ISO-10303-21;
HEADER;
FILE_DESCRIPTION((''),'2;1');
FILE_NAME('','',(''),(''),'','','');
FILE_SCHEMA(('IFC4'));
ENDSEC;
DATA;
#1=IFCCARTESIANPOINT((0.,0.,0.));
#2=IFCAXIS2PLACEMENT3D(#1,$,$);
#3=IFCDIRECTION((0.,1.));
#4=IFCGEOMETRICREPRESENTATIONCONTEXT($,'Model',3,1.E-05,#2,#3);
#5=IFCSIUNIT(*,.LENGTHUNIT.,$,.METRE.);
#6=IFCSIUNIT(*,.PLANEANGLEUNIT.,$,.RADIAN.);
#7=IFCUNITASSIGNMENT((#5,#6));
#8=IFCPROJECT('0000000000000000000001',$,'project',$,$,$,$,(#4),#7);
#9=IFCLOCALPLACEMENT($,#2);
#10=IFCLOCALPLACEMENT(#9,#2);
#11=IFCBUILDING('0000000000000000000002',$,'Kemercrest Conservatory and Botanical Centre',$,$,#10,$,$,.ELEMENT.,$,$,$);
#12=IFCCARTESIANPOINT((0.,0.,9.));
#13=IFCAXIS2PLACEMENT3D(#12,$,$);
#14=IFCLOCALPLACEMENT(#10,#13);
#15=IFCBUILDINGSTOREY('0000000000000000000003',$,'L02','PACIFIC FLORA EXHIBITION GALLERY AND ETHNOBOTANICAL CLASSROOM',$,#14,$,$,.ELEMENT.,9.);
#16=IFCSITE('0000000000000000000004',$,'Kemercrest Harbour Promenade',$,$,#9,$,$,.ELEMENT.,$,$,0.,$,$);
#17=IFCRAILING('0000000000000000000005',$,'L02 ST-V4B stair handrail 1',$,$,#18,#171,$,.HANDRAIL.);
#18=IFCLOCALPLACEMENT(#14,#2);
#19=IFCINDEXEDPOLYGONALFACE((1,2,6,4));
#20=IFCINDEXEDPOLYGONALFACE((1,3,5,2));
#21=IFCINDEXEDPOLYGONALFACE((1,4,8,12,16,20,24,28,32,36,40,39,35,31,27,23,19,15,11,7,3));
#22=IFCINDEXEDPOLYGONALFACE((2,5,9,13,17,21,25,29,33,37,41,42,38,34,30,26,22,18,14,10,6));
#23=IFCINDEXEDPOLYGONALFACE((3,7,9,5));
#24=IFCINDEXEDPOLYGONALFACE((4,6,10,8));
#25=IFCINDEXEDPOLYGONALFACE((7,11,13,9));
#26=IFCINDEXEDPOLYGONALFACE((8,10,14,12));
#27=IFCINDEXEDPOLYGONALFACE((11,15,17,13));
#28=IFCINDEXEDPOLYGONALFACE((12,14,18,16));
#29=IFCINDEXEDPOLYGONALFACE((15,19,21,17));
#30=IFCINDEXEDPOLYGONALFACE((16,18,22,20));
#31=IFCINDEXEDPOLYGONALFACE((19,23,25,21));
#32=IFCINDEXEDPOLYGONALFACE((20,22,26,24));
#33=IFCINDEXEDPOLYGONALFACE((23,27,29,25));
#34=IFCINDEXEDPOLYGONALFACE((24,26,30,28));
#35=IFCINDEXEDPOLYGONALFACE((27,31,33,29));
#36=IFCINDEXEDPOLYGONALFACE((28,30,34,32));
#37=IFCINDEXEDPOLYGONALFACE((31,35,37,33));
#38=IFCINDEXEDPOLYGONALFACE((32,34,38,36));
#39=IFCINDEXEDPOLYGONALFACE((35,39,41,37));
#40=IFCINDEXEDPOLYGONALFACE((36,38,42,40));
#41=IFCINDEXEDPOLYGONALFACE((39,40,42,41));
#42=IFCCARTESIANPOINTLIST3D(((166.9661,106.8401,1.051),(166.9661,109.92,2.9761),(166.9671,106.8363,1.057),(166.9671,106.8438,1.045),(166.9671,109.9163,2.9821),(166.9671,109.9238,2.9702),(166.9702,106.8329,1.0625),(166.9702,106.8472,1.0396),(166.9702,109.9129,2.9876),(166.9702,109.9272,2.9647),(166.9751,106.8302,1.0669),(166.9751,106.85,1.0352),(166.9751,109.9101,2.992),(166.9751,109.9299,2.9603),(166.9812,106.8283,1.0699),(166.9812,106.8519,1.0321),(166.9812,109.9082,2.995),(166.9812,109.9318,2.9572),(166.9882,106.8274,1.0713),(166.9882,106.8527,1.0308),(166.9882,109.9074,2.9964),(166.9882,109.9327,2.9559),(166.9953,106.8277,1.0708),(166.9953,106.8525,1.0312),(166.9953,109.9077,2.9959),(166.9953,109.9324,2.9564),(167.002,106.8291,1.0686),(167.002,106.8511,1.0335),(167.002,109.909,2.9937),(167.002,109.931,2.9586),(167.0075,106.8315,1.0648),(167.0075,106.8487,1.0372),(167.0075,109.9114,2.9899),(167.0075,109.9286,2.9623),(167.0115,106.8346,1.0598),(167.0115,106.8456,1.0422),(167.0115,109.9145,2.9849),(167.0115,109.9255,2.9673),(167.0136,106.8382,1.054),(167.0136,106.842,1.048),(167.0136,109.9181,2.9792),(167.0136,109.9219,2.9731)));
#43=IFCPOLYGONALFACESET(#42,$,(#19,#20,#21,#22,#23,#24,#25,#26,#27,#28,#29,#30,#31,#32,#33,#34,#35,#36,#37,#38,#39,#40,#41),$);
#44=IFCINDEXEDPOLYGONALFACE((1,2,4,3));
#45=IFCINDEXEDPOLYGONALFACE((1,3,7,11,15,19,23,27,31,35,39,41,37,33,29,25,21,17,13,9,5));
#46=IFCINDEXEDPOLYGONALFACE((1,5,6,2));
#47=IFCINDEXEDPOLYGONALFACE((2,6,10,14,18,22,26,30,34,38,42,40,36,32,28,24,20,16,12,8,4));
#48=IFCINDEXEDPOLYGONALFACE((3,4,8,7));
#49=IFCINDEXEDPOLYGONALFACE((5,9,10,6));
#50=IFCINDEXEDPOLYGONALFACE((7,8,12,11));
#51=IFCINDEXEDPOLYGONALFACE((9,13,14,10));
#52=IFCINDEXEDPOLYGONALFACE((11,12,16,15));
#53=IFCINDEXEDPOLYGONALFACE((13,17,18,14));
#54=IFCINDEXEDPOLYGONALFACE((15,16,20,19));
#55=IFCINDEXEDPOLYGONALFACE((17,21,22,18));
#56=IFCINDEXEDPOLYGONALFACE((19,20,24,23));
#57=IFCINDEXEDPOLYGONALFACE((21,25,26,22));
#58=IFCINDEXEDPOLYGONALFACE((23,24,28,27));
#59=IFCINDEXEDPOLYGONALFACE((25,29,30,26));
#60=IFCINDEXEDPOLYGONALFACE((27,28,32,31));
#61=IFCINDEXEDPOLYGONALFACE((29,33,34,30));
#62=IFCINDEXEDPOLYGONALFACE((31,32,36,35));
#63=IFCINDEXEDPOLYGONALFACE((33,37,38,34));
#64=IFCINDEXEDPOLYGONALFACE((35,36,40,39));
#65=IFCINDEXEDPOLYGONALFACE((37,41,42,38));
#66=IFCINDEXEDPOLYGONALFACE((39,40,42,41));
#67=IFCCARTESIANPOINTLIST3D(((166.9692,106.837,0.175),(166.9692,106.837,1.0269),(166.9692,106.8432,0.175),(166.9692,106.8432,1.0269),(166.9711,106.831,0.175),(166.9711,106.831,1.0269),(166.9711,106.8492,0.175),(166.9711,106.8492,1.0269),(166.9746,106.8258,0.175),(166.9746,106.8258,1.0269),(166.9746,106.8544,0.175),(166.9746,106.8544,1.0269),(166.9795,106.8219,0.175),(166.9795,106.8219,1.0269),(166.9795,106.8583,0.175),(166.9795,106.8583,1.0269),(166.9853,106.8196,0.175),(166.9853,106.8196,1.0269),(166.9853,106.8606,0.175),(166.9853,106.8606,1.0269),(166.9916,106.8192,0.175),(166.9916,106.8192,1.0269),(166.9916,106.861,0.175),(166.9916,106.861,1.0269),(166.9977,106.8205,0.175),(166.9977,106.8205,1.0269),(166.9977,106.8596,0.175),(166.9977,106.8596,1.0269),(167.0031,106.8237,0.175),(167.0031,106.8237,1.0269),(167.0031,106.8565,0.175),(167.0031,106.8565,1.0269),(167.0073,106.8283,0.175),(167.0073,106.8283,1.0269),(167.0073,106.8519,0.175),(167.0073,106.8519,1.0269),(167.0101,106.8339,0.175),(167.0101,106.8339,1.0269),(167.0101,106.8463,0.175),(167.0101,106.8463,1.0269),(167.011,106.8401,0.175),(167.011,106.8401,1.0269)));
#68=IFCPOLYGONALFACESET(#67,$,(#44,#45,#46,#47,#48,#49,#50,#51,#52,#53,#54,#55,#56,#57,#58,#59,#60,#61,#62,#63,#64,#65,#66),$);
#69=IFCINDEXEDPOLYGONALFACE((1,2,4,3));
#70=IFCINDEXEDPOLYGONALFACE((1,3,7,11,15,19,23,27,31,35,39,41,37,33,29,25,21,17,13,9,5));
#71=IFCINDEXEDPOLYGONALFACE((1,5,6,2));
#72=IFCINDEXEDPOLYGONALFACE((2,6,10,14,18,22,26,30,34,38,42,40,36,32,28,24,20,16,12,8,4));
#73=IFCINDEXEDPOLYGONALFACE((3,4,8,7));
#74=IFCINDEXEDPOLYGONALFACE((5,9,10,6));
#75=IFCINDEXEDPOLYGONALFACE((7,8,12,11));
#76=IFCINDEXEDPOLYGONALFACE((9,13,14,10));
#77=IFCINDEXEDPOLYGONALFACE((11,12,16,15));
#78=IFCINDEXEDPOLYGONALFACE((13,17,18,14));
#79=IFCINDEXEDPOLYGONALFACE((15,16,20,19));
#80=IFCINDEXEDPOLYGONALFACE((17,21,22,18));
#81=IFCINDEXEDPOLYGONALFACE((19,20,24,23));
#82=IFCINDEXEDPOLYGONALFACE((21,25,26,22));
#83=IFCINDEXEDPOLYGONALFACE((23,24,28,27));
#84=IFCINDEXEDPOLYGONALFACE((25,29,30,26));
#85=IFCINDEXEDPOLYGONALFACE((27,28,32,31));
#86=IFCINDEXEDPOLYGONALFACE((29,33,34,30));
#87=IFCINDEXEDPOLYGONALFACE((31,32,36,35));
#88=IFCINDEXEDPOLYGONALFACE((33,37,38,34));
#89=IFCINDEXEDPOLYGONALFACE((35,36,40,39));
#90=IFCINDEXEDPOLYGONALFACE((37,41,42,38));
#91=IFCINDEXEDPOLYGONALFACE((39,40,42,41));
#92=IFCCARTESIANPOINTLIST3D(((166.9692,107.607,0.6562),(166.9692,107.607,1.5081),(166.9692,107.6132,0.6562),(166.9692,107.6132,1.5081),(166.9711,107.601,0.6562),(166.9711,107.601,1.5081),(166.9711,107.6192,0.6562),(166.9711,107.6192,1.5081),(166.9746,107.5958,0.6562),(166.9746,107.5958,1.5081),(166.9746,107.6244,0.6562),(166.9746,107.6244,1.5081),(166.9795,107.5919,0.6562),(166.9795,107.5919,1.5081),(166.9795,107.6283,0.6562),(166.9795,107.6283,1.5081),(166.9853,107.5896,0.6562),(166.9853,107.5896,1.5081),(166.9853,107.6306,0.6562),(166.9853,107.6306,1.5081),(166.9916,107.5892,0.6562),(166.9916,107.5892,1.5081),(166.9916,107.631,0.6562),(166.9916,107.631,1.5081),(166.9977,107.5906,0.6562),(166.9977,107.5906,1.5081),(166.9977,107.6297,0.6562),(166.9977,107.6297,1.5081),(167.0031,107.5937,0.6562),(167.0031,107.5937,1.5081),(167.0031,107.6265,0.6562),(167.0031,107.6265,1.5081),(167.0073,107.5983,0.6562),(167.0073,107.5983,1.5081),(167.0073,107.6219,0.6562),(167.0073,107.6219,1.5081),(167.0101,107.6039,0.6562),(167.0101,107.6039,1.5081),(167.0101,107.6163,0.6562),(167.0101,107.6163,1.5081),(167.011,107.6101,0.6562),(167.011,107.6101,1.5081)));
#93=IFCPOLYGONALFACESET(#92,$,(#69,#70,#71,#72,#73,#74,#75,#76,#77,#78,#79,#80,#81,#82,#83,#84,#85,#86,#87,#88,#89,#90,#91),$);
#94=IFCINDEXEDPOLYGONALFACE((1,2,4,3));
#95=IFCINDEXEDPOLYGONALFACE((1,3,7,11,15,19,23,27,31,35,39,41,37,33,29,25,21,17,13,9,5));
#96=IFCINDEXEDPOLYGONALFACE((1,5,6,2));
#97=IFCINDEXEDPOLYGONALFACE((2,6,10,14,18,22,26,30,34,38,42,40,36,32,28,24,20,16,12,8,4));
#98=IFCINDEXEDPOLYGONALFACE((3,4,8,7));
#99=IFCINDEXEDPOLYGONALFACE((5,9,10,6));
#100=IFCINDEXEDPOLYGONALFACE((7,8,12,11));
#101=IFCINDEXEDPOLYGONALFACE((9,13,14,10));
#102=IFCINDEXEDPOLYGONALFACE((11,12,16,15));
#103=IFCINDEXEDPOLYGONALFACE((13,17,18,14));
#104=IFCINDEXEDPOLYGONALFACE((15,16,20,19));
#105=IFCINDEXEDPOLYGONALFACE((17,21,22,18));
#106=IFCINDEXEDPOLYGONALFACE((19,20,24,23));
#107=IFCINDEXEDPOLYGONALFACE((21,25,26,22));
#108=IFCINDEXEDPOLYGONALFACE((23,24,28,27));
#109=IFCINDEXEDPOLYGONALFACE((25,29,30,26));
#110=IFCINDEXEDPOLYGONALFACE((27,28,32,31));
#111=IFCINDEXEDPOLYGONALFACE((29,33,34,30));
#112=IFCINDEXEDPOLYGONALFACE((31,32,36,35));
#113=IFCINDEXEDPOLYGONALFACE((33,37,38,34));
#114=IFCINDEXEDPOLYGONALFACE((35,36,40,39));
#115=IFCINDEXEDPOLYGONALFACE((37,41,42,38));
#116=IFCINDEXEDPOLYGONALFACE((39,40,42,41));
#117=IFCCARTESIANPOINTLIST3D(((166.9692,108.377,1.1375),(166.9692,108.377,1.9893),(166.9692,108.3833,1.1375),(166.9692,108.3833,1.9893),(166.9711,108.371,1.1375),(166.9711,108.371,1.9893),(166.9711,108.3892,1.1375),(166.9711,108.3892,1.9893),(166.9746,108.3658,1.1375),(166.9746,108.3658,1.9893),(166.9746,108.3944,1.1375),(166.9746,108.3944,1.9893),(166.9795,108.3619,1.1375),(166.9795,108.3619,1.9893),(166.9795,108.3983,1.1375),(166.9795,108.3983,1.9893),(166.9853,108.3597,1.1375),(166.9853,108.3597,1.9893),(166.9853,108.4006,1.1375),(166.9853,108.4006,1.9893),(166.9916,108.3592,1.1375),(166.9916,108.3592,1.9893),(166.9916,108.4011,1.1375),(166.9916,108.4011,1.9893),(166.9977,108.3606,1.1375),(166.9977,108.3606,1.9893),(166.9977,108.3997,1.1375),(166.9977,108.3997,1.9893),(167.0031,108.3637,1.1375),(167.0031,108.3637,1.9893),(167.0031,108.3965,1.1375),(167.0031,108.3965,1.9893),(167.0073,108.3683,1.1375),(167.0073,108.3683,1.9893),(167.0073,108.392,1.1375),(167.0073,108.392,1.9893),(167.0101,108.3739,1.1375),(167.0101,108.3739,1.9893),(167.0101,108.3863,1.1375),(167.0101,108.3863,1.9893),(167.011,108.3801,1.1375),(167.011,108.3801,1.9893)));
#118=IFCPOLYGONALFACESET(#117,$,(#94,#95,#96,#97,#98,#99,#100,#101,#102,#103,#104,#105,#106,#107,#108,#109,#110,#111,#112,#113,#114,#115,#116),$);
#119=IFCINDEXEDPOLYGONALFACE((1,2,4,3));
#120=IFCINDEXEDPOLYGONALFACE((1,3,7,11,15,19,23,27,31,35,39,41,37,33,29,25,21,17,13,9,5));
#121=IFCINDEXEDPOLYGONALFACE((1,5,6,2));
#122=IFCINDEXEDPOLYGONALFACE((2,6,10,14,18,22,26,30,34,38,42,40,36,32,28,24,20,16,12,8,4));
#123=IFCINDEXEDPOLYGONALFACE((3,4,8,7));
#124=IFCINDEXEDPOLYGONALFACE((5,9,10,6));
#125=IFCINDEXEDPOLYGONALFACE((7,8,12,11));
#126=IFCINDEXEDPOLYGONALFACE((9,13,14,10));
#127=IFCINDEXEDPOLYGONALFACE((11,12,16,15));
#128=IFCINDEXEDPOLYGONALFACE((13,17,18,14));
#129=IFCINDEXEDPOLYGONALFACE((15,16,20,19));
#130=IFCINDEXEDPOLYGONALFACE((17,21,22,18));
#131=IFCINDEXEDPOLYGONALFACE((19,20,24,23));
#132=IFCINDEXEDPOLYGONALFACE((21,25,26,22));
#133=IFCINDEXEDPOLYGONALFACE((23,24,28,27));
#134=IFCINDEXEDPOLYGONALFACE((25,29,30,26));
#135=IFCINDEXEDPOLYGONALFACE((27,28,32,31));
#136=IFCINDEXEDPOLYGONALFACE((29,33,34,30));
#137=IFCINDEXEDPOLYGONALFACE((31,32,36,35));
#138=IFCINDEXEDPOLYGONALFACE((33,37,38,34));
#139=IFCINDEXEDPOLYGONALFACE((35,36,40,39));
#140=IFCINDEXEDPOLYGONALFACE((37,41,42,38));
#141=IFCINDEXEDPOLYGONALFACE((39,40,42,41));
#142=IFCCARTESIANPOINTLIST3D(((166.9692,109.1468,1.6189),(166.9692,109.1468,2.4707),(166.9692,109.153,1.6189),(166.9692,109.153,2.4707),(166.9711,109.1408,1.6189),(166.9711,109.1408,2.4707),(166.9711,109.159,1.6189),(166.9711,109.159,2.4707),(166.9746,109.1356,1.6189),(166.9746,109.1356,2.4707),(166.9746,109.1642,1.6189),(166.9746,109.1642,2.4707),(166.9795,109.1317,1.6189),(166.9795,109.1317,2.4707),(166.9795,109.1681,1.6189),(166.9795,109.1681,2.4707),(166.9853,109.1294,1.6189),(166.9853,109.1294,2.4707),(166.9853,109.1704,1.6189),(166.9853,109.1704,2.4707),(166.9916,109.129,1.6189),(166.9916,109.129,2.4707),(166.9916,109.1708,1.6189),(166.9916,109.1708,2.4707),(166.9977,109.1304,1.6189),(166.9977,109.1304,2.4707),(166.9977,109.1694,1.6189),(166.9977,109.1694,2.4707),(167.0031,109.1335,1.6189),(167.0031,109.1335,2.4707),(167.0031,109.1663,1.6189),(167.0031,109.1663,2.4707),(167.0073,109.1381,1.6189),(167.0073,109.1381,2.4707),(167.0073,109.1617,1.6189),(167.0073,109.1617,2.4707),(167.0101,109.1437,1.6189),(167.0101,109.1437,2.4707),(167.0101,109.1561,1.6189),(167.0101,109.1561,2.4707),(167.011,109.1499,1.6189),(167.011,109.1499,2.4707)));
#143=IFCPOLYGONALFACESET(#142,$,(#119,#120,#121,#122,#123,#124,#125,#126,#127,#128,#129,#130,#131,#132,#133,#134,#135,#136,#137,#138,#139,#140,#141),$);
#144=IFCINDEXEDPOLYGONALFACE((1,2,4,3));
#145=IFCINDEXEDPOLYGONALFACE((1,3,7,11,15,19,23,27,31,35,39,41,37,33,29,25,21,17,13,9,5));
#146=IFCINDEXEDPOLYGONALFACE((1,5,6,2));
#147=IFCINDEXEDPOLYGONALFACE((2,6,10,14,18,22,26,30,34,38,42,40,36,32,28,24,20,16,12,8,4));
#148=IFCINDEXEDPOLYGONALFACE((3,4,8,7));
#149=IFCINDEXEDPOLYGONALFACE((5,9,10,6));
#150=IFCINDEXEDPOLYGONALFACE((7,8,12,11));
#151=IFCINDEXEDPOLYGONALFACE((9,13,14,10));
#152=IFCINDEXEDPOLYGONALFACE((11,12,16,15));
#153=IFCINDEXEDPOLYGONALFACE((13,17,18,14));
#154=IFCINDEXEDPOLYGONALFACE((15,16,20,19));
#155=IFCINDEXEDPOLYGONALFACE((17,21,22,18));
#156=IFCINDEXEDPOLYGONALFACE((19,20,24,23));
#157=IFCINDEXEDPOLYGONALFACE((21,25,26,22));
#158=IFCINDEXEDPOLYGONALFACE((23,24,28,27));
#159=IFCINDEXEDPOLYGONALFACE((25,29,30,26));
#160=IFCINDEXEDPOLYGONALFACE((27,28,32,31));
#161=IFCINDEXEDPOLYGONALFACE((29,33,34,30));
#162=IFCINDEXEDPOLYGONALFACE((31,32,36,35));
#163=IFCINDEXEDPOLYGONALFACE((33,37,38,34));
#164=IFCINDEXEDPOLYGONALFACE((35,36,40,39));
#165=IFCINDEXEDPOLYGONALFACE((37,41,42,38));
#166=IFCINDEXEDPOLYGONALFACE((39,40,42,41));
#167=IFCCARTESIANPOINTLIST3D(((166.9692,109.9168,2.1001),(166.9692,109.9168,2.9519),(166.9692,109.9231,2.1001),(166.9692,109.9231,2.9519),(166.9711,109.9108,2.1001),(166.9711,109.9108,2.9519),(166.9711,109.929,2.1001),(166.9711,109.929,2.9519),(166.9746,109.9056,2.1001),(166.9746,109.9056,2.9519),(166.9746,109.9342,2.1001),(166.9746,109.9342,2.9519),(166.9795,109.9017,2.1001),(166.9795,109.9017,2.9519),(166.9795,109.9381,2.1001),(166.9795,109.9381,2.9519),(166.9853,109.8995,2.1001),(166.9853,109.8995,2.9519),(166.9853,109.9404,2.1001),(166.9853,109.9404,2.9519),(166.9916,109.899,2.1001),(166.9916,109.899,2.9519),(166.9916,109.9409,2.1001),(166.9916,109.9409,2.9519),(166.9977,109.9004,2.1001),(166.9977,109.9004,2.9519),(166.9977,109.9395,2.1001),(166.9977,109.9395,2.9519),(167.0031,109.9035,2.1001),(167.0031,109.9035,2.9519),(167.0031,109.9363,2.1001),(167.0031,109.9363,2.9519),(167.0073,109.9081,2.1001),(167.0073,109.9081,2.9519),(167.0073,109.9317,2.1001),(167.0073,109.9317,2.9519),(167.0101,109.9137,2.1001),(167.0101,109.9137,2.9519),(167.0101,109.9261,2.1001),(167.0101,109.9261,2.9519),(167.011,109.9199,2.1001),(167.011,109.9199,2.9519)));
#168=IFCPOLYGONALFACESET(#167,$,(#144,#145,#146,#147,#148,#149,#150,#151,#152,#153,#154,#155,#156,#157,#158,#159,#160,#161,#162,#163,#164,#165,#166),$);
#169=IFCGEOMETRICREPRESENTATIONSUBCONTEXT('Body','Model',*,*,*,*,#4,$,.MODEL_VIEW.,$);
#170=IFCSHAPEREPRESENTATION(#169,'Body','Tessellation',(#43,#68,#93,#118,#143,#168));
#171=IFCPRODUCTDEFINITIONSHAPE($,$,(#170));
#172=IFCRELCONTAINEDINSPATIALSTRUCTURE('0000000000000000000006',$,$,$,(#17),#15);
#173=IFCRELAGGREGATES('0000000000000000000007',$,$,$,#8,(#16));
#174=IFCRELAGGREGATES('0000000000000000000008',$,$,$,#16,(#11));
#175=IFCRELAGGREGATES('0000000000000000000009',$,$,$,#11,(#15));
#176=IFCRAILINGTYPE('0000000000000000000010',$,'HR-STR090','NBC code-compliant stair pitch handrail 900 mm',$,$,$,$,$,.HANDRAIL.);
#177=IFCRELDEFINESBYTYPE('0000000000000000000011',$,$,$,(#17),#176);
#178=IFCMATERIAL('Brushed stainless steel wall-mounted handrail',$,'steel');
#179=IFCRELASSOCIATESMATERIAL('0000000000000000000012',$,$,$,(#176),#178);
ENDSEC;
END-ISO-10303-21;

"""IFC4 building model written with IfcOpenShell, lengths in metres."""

from ifc_helpers import new_model, si_unit, direction, frame, origin, origin_2d, place, context, subcontext, project, spatial, circle, extrude, material, type_object, element, save


model = new_model("IFC4")

# Units and contexts
model_context = context("Model", 3, precision=1e-05, world=origin(), true_north=direction((0.0, 1.0)))
body_context = subcontext(model_context, "Body", "Model", "MODEL_VIEW")
ifc_project = project(units=[si_unit("LENGTHUNIT", "METRE"), si_unit("PLANEANGLEUNIT", "RADIAN")], contexts=[model_context])

# Site, building, storey
site_placement = place(None, origin())
site = spatial("IfcSite", under=ifc_project, at=site_placement, Name="Kemercrest Harbour Promenade", CompositionType="ELEMENT", RefElevation=0.0)
building_placement = place(site_placement, origin())
building = spatial("IfcBuilding", under=site, at=building_placement, Name="Kemercrest Conservatory and Botanical Centre", CompositionType="ELEMENT")
storey_placement = place(building_placement, frame((0.0, 0.0, 9.0)))
storey = spatial("IfcBuildingStorey", under=building, at=storey_placement, Name="L02", Description="PACIFIC FLORA EXHIBITION GALLERY AND ETHNOBOTANICAL CLASSROOM", CompositionType="ELEMENT", Elevation=9.0)

# Railing
ifc_material_1 = material(Name="Brushed stainless steel wall-mounted handrail", Category="steel")
railing_type_1 = type_object("IfcRailingType", Name="HR-STR090", Description="NBC code-compliant stair pitch handrail 900 mm", PredefinedType="HANDRAIL", material=ifc_material_1)
railing_1_placement = place(storey_placement, frame((166.99, 106.8401, 0.175)))
element("IfcRailing", 1, at=railing_1_placement, inside=storey, type_object=railing_type_1, Name="L02 ST-V4B stair handrail 1", PredefinedType="HANDRAIL", context=body_context, shape_type="SweptSolid", body=[
    extrude(circle(Radius=0.0239, at=origin_2d()), frame((0.0, 0.0, 0.876), z_axis=(0.0, 0.847979, 0.530029), x_axis=(-1.0, 0.0, 0.0)), (0.0, 0.0, 1.0), 3.6321),
    extrude(circle(Radius=0.021, at=origin_2d()), origin(), (0.0, 0.0, 1.0), 0.8518),
    extrude(circle(Radius=0.021, at=origin_2d()), frame((0.0, 0.77, 0.4812)), (0.0, 0.0, 1.0), 0.8518),
    extrude(circle(Radius=0.021, at=origin_2d()), frame((0.0, 1.54, 0.9624)), (0.0, 0.0, 1.0), 0.8518),
    extrude(circle(Radius=0.021, at=origin_2d()), frame((0.0, 2.3098, 1.4438)), (0.0, 0.0, 1.0), 0.8518),
    extrude(circle(Radius=0.021, at=origin_2d()), frame((0.0, 3.0798, 1.925)), (0.0, 0.0, 1.0), 0.8518),
])

save(model, "model.ifc")
